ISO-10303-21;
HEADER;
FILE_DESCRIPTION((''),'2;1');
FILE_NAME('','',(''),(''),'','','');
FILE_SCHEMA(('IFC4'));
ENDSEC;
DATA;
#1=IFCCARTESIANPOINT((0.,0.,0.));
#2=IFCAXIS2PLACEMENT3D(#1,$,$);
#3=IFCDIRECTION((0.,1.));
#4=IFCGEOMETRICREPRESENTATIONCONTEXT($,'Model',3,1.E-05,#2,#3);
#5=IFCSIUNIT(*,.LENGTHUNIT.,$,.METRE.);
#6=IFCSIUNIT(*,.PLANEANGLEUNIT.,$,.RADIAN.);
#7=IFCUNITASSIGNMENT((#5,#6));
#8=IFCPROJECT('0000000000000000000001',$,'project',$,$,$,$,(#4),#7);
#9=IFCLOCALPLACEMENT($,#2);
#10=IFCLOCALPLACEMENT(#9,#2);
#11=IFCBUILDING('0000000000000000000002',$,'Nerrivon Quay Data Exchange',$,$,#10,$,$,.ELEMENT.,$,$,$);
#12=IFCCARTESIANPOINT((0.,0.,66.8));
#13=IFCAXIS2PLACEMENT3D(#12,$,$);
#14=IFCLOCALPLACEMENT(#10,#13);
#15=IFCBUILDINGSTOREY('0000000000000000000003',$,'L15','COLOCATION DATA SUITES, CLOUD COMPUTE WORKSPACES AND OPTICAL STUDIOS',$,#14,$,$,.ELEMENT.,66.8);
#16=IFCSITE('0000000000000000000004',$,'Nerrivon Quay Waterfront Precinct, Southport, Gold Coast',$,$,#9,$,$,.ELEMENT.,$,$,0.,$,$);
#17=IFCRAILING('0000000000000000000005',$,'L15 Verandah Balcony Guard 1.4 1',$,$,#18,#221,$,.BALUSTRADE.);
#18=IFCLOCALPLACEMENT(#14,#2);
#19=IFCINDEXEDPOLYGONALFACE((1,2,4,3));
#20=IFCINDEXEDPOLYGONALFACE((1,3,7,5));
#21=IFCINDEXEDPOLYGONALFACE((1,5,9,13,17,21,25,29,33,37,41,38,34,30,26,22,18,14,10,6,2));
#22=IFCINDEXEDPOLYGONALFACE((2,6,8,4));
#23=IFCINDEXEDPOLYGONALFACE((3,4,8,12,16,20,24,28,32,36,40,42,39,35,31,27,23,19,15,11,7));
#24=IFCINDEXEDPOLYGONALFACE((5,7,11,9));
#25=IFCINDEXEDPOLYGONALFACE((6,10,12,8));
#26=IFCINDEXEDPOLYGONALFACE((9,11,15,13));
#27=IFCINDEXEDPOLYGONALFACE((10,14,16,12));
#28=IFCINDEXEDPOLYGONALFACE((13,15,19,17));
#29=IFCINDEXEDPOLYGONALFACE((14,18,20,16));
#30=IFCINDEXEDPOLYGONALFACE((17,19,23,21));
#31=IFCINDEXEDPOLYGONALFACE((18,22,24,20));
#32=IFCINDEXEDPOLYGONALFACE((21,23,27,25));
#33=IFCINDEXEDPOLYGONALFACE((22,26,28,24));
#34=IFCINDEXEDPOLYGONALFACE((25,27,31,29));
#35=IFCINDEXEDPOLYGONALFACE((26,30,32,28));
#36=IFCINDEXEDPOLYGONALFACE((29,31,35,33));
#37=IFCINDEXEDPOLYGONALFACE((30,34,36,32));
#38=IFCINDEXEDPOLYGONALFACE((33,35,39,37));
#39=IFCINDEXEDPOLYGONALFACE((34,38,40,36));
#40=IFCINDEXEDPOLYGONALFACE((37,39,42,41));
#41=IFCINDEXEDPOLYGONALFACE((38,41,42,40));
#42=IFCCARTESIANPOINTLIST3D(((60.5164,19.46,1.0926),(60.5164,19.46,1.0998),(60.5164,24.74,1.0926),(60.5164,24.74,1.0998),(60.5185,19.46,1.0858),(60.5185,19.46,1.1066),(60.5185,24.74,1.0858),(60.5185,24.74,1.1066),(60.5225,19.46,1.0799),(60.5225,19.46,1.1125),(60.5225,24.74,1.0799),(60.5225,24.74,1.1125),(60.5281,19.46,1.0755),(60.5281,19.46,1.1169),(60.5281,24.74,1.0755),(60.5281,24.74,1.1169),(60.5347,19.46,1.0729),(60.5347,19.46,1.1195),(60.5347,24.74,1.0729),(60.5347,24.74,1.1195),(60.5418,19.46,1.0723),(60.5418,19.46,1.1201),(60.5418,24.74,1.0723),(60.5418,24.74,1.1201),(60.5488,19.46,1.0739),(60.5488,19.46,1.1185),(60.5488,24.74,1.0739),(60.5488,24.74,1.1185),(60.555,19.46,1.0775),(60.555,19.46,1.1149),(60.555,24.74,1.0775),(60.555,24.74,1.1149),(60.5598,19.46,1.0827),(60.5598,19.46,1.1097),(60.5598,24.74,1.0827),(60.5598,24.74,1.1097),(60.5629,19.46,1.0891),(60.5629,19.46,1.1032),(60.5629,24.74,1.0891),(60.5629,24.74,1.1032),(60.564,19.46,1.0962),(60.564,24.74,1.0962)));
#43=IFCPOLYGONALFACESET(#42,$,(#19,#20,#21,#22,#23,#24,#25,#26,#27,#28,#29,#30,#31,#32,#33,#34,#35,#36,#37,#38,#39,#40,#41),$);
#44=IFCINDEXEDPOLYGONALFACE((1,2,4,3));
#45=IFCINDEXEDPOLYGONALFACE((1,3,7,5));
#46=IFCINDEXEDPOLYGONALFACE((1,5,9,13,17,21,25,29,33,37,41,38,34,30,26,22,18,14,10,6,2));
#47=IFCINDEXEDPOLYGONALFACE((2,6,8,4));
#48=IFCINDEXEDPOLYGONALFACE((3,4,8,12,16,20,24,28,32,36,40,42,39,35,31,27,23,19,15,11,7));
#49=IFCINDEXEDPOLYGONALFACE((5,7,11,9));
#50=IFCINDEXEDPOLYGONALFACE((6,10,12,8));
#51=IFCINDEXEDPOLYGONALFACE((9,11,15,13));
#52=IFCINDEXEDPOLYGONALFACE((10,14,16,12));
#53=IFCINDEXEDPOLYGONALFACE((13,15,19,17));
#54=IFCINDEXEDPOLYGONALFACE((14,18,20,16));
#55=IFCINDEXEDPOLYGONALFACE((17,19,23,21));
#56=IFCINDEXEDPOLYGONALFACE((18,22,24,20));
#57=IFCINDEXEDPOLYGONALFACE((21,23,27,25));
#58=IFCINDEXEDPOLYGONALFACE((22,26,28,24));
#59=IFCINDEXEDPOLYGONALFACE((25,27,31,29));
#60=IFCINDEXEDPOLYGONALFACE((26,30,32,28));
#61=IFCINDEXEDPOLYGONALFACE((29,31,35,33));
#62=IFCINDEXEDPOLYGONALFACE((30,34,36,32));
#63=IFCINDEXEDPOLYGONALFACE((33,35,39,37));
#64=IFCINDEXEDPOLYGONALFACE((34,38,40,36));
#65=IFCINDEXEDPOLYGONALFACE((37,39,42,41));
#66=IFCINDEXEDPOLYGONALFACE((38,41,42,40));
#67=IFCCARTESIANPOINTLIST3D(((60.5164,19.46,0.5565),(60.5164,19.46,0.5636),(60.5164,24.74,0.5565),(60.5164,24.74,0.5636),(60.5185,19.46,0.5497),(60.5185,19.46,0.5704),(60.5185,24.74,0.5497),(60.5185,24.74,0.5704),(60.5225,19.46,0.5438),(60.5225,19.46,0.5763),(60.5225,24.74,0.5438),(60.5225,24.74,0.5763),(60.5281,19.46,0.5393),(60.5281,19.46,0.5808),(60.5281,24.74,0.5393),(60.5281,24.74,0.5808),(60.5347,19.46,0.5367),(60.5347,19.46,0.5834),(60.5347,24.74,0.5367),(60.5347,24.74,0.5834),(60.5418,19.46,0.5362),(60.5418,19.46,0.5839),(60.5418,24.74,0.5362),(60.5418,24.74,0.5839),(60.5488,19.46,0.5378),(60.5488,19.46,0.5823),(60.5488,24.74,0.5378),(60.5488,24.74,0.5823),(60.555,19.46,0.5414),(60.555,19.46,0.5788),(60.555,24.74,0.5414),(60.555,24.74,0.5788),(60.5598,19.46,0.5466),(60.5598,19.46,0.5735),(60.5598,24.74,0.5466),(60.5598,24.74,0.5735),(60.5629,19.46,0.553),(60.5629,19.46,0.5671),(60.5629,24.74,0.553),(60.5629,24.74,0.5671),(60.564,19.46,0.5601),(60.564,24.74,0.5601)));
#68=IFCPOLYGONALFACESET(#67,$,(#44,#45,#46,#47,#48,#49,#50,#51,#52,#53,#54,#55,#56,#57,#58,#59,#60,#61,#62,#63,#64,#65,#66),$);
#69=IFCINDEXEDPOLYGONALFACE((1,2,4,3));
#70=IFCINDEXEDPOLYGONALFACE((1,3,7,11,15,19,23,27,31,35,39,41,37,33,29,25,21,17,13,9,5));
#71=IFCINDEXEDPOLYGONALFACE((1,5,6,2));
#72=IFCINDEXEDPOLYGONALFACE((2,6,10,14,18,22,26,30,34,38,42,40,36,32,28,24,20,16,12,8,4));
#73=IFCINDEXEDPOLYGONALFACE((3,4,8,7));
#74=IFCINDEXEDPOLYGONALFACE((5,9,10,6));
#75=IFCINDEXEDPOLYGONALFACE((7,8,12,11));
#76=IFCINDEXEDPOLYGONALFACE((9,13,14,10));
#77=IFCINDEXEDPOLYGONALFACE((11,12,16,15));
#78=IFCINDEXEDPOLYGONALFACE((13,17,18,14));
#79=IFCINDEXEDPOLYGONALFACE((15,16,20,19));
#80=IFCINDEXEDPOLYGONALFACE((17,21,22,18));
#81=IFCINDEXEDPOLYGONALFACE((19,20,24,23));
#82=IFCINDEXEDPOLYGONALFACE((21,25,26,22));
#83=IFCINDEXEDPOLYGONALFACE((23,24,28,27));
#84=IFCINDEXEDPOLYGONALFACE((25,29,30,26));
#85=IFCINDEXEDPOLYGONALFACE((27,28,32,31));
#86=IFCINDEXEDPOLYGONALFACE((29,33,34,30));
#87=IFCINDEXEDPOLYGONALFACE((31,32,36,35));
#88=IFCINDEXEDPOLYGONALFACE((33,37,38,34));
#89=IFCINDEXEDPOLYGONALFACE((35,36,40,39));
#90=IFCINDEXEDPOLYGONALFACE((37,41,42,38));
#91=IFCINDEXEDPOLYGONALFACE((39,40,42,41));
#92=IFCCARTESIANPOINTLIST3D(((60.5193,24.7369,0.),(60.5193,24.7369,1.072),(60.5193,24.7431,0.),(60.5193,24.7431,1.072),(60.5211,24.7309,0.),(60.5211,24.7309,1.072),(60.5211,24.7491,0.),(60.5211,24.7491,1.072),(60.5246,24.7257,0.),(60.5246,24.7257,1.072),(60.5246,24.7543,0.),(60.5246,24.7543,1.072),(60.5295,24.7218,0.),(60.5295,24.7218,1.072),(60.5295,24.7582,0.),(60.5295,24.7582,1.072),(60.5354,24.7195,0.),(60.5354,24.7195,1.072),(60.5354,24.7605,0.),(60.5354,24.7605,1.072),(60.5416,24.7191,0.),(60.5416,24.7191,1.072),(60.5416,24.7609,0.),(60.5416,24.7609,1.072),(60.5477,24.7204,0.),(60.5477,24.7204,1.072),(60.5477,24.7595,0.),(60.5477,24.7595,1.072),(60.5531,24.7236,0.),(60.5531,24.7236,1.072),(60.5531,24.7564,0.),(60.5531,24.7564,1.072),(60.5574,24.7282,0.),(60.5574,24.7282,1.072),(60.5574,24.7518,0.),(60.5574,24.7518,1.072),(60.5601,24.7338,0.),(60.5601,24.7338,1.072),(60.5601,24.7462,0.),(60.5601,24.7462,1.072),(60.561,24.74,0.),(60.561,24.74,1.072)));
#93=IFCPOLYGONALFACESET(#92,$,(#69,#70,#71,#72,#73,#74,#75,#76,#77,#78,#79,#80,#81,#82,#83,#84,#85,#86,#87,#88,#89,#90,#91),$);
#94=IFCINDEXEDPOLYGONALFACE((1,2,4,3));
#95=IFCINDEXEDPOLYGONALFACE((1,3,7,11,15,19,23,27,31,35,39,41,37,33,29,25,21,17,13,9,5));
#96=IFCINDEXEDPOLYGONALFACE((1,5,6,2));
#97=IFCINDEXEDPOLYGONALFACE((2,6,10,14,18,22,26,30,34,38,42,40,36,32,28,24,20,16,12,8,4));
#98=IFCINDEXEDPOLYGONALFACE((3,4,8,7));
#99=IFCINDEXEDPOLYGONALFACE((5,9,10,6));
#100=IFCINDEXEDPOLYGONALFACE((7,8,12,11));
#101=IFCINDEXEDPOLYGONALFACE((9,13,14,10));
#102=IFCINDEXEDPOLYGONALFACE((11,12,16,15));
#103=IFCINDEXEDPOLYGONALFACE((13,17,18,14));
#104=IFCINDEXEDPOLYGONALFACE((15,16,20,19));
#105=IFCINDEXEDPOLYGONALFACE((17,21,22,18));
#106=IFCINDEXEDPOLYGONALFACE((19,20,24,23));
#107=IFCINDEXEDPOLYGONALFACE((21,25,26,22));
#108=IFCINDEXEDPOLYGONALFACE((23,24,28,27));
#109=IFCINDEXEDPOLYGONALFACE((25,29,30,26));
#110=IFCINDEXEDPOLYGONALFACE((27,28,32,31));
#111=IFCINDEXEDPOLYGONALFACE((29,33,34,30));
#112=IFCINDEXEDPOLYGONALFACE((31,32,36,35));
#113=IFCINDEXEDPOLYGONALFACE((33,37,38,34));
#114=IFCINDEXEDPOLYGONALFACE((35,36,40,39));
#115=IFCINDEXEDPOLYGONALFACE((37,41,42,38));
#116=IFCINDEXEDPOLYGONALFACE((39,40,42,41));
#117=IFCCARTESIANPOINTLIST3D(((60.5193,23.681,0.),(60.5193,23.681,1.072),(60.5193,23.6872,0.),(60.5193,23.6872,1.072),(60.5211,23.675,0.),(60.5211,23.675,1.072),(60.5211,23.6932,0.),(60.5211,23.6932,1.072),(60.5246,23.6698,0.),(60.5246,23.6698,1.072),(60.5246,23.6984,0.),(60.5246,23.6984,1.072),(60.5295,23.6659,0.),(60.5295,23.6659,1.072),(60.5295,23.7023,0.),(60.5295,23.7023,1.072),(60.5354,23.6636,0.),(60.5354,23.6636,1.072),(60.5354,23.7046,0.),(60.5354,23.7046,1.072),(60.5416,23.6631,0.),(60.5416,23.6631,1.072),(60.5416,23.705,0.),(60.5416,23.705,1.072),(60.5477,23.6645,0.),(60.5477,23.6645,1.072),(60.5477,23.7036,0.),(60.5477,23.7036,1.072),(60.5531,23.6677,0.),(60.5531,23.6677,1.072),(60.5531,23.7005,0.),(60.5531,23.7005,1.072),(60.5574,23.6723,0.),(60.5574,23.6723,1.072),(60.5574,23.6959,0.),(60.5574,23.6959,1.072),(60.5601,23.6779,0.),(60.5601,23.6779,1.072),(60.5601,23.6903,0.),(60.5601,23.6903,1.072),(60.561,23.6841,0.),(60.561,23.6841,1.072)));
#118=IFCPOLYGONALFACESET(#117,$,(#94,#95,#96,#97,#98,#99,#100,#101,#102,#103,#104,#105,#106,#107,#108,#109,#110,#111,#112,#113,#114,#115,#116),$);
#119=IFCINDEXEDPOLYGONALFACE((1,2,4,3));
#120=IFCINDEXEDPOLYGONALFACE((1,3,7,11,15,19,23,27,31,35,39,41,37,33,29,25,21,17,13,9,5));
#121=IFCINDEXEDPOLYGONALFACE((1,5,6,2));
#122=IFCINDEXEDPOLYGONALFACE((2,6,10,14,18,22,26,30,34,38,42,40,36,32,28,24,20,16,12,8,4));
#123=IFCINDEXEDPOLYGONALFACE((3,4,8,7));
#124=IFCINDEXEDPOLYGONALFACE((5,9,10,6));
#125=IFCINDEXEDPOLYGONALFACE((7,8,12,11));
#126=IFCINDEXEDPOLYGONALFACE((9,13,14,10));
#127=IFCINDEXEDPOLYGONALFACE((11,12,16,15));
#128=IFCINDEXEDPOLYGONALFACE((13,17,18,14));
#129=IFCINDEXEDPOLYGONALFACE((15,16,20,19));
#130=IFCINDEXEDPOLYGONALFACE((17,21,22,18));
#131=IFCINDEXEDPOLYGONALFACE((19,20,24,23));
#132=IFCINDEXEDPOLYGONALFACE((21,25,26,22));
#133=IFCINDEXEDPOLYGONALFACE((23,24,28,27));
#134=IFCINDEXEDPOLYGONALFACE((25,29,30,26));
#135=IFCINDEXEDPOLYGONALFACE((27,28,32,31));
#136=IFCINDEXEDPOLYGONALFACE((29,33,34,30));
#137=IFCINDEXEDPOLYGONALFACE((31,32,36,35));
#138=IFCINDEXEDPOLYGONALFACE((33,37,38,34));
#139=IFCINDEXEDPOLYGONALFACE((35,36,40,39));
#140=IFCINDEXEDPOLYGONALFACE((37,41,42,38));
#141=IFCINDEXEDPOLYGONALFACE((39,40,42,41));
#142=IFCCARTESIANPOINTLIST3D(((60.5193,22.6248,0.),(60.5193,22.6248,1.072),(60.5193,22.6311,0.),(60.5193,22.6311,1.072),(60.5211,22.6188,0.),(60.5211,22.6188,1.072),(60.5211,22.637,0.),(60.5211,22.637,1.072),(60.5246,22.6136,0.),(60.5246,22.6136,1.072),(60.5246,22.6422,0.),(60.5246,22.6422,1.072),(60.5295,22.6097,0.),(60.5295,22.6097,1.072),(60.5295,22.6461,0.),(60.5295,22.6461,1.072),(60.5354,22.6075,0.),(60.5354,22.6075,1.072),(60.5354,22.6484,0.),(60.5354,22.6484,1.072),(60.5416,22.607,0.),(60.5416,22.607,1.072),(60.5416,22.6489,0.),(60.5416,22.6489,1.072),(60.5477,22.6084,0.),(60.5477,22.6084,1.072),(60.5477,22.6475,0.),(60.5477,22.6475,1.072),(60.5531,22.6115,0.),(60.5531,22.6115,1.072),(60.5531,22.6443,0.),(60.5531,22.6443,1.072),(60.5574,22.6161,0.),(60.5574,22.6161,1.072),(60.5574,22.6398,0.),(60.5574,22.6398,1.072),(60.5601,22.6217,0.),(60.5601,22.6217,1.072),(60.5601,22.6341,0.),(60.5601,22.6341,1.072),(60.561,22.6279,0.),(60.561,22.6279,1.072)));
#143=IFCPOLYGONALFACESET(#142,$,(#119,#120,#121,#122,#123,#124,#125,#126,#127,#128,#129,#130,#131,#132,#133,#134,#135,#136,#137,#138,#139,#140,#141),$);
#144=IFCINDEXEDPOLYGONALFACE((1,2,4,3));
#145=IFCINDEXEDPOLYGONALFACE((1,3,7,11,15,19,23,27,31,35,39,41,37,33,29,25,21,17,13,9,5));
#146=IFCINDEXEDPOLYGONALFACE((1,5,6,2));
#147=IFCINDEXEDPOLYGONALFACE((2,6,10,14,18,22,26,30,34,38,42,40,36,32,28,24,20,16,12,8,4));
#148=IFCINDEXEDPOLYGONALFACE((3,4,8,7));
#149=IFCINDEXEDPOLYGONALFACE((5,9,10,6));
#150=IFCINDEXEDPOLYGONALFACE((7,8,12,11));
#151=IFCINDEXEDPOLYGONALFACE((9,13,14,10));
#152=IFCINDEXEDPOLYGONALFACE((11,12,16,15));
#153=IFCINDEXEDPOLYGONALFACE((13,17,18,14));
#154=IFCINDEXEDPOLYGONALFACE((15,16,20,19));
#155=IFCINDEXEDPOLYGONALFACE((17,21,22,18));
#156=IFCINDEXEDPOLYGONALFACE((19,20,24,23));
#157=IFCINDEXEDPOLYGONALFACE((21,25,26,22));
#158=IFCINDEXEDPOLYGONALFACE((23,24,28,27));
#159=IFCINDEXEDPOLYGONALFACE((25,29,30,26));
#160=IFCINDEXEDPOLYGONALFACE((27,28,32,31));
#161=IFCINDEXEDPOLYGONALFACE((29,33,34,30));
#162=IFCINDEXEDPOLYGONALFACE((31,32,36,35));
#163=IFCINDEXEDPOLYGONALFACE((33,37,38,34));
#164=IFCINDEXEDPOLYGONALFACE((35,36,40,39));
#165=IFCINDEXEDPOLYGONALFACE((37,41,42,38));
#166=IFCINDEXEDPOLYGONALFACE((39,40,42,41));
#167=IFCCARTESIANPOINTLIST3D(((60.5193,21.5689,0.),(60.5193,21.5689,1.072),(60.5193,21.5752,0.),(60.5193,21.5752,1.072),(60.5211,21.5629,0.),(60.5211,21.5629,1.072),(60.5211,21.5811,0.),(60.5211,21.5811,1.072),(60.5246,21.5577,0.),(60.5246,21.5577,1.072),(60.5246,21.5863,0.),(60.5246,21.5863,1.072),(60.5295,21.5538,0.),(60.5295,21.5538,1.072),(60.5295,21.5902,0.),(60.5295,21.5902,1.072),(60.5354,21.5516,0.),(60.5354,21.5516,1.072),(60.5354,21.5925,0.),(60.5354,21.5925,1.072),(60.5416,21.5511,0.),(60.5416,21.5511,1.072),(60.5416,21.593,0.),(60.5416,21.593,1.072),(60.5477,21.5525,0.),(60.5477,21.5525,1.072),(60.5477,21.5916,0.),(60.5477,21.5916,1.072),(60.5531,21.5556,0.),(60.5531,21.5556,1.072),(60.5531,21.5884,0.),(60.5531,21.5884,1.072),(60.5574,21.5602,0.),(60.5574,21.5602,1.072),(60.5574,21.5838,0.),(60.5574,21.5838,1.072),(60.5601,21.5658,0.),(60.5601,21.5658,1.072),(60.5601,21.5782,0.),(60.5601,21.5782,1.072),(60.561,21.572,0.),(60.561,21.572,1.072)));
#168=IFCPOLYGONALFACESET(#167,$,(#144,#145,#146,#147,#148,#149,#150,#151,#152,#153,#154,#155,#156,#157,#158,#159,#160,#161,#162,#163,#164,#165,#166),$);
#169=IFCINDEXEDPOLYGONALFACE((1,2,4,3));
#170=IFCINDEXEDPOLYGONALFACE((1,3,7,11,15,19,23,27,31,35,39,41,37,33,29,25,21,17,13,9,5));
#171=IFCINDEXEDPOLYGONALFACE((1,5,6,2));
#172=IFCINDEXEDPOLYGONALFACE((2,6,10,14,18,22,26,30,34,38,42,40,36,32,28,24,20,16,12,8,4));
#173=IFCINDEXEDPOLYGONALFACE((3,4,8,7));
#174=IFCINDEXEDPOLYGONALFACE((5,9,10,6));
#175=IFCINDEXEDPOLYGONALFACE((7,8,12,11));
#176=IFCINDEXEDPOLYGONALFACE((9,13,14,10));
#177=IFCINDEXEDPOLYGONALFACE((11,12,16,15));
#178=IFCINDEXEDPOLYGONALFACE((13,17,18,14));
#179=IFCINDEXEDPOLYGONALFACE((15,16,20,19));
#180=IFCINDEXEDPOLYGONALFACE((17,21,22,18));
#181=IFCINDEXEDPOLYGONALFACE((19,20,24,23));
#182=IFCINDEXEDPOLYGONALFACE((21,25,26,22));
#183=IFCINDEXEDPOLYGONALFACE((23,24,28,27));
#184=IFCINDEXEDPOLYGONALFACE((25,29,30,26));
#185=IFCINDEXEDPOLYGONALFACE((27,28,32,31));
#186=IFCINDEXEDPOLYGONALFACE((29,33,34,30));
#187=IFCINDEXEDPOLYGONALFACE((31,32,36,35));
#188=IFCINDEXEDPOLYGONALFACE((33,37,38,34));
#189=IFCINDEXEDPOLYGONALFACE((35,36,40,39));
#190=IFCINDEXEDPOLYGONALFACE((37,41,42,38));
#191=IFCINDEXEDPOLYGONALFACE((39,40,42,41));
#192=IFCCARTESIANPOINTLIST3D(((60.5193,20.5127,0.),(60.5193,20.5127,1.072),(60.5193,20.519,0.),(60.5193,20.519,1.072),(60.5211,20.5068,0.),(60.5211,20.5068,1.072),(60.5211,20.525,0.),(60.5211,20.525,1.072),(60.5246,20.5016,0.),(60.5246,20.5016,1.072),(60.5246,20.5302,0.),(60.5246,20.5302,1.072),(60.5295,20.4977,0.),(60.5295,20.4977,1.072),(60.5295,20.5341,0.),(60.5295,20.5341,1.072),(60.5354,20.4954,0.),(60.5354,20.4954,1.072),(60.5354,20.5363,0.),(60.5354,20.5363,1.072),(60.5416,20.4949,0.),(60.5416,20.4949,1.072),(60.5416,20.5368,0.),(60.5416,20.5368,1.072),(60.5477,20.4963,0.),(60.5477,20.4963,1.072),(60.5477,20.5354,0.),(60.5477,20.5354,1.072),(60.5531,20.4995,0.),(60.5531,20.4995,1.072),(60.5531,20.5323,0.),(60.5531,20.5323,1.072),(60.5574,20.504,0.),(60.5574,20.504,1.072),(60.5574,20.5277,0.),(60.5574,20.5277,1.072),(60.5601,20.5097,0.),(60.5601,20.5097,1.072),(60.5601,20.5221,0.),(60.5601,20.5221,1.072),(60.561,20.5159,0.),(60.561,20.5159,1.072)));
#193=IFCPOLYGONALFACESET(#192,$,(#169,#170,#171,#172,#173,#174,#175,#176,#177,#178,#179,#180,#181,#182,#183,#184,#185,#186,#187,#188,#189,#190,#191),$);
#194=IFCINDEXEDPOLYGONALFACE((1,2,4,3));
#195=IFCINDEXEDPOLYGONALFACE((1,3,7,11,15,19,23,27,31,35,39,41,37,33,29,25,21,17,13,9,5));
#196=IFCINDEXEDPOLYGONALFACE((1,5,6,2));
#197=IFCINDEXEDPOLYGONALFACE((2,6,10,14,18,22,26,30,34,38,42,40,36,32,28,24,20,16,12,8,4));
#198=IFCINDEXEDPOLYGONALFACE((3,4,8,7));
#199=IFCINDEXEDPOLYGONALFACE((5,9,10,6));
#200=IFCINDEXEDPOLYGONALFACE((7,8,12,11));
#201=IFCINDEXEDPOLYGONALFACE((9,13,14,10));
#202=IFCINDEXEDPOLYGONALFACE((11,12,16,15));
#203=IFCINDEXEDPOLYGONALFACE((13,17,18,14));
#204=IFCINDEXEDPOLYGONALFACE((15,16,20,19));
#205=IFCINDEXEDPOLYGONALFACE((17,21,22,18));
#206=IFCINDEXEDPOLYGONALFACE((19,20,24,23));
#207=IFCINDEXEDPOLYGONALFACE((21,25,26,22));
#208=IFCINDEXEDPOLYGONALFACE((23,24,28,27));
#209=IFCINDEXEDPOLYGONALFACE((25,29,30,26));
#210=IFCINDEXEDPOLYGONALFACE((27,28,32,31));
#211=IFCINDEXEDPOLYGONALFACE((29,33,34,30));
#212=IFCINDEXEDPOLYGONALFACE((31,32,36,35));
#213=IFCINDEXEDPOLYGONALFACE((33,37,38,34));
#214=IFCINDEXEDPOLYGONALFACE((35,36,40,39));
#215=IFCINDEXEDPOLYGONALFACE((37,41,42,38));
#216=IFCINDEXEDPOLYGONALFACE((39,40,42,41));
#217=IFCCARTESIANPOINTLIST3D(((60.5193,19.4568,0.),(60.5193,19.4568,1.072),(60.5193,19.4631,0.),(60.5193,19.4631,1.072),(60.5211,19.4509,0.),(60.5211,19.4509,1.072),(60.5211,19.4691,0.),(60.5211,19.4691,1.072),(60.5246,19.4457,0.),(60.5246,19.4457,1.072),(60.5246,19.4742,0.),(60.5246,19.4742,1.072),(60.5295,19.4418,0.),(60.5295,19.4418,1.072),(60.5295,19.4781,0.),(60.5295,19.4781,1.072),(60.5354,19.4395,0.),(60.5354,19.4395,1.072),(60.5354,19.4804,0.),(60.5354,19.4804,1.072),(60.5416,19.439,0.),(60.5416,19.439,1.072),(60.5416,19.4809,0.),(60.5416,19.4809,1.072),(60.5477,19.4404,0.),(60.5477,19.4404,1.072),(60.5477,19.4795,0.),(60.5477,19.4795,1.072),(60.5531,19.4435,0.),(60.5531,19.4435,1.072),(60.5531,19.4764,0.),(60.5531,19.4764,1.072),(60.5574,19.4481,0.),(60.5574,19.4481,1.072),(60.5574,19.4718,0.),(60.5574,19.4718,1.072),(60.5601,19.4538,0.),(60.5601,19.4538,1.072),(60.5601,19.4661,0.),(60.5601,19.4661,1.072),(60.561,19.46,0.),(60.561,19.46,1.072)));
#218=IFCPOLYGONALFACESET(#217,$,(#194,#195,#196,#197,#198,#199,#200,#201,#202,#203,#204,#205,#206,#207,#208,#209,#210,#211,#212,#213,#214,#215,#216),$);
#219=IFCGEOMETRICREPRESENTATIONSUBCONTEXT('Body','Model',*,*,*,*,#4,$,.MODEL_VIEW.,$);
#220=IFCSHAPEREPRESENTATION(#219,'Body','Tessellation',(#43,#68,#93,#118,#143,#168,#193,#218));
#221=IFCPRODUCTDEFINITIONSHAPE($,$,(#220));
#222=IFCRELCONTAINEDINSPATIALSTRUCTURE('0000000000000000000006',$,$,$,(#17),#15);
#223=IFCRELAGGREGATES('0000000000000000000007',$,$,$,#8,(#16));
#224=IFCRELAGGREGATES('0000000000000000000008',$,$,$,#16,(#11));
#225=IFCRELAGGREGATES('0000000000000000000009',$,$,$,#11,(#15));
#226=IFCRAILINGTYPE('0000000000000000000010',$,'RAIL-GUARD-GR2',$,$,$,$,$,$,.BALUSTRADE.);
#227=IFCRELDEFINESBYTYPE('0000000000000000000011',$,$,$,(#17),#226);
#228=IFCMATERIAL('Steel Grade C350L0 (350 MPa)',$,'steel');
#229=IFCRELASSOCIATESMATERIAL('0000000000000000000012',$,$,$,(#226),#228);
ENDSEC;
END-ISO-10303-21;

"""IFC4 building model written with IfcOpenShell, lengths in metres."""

from ifc_helpers import new_model, si_unit, direction, frame, origin, origin_2d, place, context, subcontext, project, spatial, circle, extrude, material, type_object, element, save


model = new_model("IFC4")

# Units and contexts
model_context = context("Model", 3, precision=1e-05, world=origin(), true_north=direction((0.0, 1.0)))
body_context = subcontext(model_context, "Body", "Model", "MODEL_VIEW")
ifc_project = project(units=[si_unit("LENGTHUNIT", "METRE"), si_unit("PLANEANGLEUNIT", "RADIAN")], contexts=[model_context])

# Site, building, storey
site_placement = place(None, origin())
site = spatial("IfcSite", under=ifc_project, at=site_placement, Name="Nerrivon Quay Waterfront Precinct, Southport, Gold Coast", CompositionType="ELEMENT", RefElevation=0.0)
building_placement = place(site_placement, origin())
building = spatial("IfcBuilding", under=site, at=building_placement, Name="Nerrivon Quay Data Exchange", CompositionType="ELEMENT")
storey_placement = place(building_placement, frame((0.0, 0.0, 66.8)))
storey = spatial("IfcBuildingStorey", under=building, at=storey_placement, Name="L15", Description="COLOCATION DATA SUITES, CLOUD COMPUTE WORKSPACES AND OPTICAL STUDIOS", CompositionType="ELEMENT", Elevation=66.8)

# Railing
ifc_material_1 = material(Name="Steel Grade C350L0 (350 MPa)", Category="steel")
railing_type = type_object("IfcRailingType", Name="RAIL-GUARD-GR2", PredefinedType="BALUSTRADE", material=ifc_material_1)
railing_1_placement = place(storey_placement, frame((60.54, 24.74, 0.0)))
element("IfcRailing", 1, at=railing_1_placement, inside=storey, type_object=railing_type, Name="L15 Verandah Balcony Guard 1.4 1", PredefinedType="BALUSTRADE", context=body_context, shape_type="SweptSolid", body=[
    extrude(circle(Radius=0.0239, at=origin_2d()), frame((0.0, 0.0, 1.0962), z_axis=(0.0, -1.0, 0.0), x_axis=(1.0, 0.0, 0.0)), (0.0, 0.0, 1.0), 5.28),
    extrude(circle(Radius=0.0239, at=origin_2d()), frame((0.0, 0.0, 0.5601), z_axis=(0.0, -1.0, 0.0), x_axis=(1.0, 0.0, 0.0)), (0.0, 0.0, 1.0), 5.28),
    extrude(circle(Radius=0.021, at=origin_2d()), origin(), (0.0, 0.0, 1.0), 1.072),
    extrude(circle(Radius=0.021, at=origin_2d()), frame((0.0, -1.0559, 0.0)), (0.0, 0.0, 1.0), 1.072),
    extrude(circle(Radius=0.021, at=origin_2d()), frame((0.0, -2.1121, 0.0)), (0.0, 0.0, 1.0), 1.072),
    extrude(circle(Radius=0.021, at=origin_2d()), frame((0.0, -3.168, 0.0)), (0.0, 0.0, 1.0), 1.072),
    extrude(circle(Radius=0.021, at=origin_2d()), frame((0.0, -4.2241, 0.0)), (0.0, 0.0, 1.0), 1.072),
    extrude(circle(Radius=0.021, at=origin_2d()), frame((0.0, -5.28, 0.0)), (0.0, 0.0, 1.0), 1.072),
])

save(model, "model.ifc")
